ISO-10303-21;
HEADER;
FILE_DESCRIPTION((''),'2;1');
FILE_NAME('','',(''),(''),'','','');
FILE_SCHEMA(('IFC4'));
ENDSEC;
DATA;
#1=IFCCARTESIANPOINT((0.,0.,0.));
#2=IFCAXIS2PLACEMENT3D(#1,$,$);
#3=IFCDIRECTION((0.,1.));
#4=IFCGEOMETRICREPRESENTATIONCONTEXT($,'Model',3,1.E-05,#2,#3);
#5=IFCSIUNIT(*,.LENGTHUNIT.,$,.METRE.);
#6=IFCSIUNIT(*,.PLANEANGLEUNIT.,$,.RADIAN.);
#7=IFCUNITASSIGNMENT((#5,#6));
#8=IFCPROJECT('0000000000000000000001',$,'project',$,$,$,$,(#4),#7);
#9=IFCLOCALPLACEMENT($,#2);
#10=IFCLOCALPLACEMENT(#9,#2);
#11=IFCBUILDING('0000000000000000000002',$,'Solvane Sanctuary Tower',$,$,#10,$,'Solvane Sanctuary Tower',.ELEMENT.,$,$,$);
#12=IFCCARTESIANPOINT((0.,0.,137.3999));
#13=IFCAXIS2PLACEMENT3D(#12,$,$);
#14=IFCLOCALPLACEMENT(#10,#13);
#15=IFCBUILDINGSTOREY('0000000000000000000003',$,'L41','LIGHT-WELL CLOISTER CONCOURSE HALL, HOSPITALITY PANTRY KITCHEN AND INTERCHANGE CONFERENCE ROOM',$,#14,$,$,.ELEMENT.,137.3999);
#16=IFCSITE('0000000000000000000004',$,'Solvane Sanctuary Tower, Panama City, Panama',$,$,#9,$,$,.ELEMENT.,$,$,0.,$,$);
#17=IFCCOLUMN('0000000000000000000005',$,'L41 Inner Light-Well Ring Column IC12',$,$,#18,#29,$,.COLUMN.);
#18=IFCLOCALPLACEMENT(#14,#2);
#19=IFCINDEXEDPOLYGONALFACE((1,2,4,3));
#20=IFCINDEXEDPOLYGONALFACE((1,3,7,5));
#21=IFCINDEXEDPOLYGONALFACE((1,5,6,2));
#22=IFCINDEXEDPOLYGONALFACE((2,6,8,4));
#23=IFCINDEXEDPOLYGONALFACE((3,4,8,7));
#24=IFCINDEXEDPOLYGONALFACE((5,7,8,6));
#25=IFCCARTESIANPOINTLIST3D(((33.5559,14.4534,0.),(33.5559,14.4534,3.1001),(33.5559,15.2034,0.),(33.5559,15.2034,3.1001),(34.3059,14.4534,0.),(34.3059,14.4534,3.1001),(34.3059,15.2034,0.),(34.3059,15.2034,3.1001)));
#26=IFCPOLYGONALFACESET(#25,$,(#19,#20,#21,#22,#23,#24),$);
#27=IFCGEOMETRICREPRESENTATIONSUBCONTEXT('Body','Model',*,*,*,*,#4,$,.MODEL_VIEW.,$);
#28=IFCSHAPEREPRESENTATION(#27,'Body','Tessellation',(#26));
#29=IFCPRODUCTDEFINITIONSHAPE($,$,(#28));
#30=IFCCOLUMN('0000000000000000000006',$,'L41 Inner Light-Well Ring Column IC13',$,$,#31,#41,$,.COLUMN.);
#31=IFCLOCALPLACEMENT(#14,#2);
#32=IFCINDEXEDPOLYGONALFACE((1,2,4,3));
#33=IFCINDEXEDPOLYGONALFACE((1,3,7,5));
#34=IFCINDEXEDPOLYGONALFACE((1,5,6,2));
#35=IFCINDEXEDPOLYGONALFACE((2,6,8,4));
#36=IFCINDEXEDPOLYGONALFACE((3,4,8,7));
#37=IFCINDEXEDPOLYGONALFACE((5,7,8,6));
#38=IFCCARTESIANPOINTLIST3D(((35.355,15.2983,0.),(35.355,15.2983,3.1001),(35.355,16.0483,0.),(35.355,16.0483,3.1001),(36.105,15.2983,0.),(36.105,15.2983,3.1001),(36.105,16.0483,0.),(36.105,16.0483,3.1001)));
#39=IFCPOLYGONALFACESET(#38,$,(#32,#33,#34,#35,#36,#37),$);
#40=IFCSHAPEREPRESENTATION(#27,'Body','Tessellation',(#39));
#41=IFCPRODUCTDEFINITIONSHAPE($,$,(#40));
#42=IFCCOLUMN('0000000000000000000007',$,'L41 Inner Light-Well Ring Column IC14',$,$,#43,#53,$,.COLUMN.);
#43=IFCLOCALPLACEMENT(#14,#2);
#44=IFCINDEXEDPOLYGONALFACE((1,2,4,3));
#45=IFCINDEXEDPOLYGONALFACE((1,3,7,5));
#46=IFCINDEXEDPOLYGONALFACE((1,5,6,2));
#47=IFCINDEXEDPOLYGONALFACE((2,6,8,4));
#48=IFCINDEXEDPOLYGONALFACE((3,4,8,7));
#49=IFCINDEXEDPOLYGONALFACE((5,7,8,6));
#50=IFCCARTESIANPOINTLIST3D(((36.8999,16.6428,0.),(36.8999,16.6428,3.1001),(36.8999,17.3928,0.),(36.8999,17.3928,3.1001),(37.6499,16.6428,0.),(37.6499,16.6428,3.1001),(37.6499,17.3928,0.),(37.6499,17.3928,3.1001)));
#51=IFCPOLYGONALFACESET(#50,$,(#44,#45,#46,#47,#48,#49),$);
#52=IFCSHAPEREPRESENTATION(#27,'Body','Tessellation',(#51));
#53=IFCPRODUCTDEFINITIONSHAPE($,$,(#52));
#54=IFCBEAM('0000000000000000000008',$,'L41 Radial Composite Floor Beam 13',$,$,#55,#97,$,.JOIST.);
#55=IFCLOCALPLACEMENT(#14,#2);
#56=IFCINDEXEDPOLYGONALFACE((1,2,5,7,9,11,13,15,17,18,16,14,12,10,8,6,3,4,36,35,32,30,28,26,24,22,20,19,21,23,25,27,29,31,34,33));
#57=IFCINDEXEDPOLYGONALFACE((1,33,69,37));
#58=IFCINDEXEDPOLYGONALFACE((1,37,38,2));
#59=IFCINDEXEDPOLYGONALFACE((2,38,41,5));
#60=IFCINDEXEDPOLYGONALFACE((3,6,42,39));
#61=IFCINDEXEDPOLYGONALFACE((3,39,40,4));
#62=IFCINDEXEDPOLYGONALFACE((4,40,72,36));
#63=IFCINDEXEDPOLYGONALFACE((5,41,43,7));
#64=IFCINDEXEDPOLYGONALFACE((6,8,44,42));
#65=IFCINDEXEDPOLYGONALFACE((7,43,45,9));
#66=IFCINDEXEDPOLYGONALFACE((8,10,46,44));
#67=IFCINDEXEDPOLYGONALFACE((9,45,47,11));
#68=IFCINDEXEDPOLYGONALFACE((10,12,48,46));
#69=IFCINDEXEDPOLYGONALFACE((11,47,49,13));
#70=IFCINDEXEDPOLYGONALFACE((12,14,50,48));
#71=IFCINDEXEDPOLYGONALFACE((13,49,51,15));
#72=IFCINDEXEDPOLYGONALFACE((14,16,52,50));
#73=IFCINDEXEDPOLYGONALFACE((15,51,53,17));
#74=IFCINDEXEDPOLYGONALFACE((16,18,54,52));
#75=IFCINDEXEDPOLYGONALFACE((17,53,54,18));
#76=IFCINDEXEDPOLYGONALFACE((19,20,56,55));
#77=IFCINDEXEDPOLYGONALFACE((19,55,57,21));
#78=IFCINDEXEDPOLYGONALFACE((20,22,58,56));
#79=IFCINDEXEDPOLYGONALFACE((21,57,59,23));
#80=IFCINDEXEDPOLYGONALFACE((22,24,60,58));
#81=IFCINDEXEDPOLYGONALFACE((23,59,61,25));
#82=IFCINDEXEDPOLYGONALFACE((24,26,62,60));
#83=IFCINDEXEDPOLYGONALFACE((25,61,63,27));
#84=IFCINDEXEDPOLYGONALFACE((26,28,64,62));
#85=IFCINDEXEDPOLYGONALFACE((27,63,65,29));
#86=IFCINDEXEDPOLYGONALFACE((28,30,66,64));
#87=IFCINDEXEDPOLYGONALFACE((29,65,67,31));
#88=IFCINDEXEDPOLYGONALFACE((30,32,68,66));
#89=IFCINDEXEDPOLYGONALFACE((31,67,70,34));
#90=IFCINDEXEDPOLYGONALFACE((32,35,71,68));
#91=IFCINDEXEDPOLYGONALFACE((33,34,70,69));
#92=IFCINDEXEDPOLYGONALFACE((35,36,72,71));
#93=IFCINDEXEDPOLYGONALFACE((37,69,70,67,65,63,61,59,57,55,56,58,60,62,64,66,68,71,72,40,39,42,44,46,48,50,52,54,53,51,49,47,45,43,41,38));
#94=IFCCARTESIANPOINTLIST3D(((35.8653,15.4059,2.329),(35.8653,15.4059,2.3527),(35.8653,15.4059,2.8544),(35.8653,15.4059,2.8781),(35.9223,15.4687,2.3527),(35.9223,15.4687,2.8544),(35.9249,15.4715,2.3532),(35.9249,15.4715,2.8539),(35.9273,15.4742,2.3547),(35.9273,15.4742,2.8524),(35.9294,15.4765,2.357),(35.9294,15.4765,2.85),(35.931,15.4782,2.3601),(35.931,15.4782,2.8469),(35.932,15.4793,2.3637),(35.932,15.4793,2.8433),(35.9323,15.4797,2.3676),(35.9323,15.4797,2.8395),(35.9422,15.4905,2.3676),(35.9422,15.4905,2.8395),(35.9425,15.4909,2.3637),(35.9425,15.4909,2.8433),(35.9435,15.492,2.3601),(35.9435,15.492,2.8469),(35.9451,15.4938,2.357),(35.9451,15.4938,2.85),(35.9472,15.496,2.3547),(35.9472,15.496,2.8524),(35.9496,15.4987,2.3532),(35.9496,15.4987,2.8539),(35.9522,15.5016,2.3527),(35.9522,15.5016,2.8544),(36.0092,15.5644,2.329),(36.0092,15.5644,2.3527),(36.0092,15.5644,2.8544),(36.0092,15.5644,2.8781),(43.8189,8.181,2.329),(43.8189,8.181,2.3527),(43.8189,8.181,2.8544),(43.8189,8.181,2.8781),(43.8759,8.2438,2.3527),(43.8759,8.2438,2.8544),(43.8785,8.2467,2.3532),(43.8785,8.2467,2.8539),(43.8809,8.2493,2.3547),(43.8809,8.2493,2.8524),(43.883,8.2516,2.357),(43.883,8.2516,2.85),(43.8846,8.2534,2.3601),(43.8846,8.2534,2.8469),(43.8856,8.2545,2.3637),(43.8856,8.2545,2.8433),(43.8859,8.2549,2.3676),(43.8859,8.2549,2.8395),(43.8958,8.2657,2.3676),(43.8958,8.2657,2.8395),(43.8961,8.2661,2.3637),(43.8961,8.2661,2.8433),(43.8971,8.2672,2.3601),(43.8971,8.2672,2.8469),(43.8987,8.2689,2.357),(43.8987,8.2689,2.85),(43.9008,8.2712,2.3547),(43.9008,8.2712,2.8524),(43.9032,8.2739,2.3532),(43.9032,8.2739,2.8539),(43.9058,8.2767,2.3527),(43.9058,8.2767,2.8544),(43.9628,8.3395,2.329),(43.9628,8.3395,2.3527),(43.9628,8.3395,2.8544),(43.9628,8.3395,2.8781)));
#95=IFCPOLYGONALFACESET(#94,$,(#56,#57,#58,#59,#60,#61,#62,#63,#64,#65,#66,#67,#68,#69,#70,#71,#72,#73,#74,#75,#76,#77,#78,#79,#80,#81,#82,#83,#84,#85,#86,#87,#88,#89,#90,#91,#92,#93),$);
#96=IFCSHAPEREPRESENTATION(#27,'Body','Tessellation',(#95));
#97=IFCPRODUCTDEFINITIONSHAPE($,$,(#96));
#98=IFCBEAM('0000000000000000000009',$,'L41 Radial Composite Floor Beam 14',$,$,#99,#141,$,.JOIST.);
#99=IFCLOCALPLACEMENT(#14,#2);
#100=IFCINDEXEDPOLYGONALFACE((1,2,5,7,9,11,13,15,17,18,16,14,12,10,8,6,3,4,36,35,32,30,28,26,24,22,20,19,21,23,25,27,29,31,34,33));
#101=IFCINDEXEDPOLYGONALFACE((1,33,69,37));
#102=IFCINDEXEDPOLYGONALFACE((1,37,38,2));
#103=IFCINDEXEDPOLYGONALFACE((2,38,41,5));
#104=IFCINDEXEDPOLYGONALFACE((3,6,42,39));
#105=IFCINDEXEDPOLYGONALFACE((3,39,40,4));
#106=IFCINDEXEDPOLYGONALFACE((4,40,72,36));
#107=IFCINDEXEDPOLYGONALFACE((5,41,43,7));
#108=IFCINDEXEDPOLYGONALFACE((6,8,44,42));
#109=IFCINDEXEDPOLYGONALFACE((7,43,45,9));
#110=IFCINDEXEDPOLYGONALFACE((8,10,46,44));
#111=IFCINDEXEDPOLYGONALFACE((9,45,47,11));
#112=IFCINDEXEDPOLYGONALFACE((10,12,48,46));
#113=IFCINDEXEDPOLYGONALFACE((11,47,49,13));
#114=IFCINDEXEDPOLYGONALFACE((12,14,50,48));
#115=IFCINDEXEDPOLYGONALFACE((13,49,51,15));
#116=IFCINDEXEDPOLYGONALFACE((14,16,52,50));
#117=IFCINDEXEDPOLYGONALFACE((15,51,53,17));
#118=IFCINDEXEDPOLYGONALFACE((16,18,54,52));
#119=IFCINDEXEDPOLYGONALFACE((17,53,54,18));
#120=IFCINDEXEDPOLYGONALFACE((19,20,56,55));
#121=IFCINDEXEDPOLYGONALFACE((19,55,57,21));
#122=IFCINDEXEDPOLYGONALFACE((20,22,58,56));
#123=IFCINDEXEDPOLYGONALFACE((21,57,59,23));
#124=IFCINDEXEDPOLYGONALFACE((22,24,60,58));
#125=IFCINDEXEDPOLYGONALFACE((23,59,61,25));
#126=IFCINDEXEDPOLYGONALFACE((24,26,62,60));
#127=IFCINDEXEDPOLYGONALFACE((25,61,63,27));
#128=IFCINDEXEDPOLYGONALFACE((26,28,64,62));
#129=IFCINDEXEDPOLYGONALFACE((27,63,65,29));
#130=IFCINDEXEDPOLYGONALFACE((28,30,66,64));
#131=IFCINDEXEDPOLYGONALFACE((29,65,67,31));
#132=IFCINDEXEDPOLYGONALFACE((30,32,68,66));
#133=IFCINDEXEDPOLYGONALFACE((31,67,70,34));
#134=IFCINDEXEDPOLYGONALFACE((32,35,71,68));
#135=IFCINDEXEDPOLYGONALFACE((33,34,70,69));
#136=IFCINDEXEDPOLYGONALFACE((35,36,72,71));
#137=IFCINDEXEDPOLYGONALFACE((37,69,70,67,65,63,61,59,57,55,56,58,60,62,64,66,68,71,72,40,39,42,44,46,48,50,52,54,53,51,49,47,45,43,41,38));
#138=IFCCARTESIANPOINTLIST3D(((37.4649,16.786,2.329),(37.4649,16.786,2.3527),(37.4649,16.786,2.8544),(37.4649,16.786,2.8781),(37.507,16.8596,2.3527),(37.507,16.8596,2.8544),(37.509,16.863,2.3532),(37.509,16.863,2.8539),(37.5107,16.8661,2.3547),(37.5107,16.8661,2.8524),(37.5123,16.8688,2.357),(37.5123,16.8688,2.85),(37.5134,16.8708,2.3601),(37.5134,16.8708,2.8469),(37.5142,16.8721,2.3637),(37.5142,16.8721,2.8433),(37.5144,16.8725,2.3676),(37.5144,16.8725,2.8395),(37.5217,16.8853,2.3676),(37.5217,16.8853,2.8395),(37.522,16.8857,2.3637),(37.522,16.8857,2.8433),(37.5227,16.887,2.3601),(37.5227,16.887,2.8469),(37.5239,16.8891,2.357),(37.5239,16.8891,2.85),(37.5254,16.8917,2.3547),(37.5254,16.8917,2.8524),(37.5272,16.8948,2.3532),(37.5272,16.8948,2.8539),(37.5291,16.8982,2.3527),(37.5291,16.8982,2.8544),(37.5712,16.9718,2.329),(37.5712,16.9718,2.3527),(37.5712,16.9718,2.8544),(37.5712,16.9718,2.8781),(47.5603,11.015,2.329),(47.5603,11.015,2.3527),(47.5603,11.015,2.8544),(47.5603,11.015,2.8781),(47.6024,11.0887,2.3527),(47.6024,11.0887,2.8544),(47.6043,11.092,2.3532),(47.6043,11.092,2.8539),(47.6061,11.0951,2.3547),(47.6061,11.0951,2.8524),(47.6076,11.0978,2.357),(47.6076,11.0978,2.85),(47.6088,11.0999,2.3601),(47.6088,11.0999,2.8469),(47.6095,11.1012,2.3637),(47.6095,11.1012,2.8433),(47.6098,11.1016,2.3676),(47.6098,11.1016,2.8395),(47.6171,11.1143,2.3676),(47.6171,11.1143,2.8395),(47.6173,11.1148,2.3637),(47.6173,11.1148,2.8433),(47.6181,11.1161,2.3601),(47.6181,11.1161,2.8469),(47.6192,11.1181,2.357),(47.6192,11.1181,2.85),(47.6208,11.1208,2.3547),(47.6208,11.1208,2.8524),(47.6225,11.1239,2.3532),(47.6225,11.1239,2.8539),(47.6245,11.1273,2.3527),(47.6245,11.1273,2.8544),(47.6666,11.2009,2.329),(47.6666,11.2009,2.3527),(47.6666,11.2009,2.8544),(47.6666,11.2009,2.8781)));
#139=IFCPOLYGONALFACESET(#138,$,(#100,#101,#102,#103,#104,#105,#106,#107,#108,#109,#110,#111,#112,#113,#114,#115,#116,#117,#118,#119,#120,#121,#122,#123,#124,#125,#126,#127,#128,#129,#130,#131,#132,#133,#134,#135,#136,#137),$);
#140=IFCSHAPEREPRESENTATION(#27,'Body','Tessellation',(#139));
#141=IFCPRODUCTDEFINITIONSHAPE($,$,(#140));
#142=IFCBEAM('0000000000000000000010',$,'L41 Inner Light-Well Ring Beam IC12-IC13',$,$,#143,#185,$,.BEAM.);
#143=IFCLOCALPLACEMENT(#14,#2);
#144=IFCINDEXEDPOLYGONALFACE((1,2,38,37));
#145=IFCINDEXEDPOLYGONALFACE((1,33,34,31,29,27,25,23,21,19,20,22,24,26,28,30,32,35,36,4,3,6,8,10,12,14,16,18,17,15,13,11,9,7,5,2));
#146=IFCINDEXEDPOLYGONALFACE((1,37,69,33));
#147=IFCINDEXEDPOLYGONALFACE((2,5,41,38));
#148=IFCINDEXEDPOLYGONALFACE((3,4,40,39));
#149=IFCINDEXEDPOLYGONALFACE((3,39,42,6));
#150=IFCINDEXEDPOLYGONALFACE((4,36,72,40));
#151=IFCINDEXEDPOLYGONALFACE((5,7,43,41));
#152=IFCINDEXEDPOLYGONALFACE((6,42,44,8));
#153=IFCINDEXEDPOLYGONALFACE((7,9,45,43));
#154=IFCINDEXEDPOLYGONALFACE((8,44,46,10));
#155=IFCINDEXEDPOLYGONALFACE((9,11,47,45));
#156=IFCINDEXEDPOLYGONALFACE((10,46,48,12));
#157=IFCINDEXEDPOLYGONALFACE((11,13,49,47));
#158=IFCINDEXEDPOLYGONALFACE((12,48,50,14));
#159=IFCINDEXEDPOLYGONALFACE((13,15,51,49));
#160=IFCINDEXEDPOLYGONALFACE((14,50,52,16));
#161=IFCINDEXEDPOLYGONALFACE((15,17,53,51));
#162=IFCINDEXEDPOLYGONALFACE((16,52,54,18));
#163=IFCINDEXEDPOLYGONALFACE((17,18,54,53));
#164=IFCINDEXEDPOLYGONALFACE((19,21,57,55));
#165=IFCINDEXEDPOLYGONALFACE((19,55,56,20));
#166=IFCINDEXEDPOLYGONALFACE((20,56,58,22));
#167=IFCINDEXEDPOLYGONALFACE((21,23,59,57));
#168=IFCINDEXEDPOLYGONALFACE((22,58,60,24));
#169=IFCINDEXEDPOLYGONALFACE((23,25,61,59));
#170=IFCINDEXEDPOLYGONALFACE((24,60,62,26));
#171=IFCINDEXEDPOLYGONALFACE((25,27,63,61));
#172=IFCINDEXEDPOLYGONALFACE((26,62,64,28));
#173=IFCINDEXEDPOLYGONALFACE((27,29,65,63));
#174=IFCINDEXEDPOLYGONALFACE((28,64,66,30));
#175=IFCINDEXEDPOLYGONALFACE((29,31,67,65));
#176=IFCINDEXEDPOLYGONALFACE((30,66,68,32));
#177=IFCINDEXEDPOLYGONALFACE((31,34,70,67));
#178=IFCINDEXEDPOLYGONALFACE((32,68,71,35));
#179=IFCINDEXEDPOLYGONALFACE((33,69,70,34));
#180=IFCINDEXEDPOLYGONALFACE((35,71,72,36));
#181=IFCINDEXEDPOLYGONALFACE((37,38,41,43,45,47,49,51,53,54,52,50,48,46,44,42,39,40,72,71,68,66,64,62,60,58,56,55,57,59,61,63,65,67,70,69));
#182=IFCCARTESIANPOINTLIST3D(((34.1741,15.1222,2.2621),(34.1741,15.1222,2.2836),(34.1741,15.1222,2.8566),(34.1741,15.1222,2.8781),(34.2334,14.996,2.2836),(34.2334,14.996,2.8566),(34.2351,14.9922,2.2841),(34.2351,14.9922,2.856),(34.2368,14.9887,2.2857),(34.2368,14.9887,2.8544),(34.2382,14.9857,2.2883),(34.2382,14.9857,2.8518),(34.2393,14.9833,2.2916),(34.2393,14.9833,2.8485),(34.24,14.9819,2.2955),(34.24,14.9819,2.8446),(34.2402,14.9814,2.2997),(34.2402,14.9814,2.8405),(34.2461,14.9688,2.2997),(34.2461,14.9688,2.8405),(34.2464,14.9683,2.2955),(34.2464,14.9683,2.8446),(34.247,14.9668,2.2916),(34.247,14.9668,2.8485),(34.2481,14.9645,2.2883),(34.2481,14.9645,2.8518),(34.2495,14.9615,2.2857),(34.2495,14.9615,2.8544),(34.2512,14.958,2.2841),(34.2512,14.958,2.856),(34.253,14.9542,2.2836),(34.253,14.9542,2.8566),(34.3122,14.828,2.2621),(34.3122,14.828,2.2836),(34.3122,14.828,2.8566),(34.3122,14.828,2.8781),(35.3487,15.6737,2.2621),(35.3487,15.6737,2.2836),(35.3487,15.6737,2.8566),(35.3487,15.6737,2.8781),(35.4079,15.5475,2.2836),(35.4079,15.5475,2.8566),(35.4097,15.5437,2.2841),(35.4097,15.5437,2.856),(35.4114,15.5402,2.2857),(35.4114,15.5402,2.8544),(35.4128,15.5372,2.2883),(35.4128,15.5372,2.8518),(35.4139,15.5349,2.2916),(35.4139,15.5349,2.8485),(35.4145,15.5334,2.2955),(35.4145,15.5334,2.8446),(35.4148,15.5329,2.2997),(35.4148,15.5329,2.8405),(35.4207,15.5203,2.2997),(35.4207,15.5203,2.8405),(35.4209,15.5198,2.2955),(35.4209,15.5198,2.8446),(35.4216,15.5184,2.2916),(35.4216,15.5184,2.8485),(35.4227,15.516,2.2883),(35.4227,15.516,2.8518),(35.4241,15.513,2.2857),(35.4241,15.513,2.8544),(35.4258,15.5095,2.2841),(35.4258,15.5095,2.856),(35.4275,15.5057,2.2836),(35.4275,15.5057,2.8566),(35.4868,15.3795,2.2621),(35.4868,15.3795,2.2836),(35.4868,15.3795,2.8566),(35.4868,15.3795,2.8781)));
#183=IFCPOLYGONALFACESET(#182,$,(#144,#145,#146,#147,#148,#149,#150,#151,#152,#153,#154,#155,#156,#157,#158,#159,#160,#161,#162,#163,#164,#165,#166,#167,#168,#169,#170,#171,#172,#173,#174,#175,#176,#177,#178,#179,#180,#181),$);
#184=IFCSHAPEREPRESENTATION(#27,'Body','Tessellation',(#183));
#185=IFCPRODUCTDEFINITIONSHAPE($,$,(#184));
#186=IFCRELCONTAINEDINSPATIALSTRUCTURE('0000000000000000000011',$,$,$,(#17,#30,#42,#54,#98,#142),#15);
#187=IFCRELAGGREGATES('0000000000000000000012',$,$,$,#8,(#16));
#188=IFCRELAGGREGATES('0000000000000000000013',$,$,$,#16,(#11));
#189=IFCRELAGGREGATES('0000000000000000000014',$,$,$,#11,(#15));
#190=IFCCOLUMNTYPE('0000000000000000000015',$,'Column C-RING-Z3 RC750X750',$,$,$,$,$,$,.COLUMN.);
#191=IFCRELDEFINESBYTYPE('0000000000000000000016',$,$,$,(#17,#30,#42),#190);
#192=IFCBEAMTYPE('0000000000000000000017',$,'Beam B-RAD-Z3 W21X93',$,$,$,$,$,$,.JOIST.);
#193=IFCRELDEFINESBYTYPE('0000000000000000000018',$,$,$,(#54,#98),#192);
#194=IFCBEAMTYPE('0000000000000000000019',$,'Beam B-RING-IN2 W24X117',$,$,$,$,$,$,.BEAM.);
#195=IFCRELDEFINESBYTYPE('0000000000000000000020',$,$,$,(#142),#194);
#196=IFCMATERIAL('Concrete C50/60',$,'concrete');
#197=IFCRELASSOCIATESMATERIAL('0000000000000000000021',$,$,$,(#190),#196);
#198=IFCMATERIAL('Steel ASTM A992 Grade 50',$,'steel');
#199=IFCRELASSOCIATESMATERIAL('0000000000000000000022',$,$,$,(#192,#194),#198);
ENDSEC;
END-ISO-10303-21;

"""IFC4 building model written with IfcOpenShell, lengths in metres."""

from ifc_helpers import new_model, si_unit, direction, frame, origin, origin_2d, place, context, subcontext, project, spatial, rectangle, i_section, extrude, material, material_profile, profile_set, type_object, element, save


model = new_model("IFC4")

# Units and contexts
model_context = context("Model", 3, precision=1e-05, world=origin(), true_north=direction((0.0, 1.0)))
body_context = subcontext(model_context, "Body", "Model", "MODEL_VIEW")
ifc_project = project(units=[si_unit("LENGTHUNIT", "METRE"), si_unit("PLANEANGLEUNIT", "RADIAN")], contexts=[model_context])

# Site, building, storey
site_placement = place(None, origin())
site = spatial("IfcSite", under=ifc_project, at=site_placement, Name="Solvane Sanctuary Tower, Panama City, Panama", CompositionType="ELEMENT", RefElevation=0.0)
building_placement = place(site_placement, origin())
building = spatial("IfcBuilding", under=site, at=building_placement, Name="Solvane Sanctuary Tower", LongName="Solvane Sanctuary Tower", CompositionType="ELEMENT")
storey_placement = place(building_placement, frame((0.0, 0.0, 137.3999)))
storey = spatial("IfcBuildingStorey", under=building, at=storey_placement, Name="L41", Description="LIGHT-WELL CLOISTER CONCOURSE HALL, HOSPITALITY PANTRY KITCHEN AND INTERCHANGE CONFERENCE ROOM", CompositionType="ELEMENT", Elevation=137.3999)

# Columns
ifc_material_1 = material(Name="Concrete C50/60", Category="concrete")
ifc_material_profile_1 = material_profile(ifc_material_1, rectangle(XDim=0.75, YDim=0.75, at=origin_2d()), Name="RC750X750")
ifc_profile_set_1 = profile_set([ifc_material_profile_1], Name="Concrete C50/60")
column_type = type_object("IfcColumnType", Name="Column C-RING-Z3 RC750X750", PredefinedType="COLUMN", material=ifc_profile_set_1)
for number, where, z_axis, x_axis, name in (
    (1, (33.9309, 14.8284, 0.0), (0.0, 0.0, 1.0), (1.0, 0.0, 0.0), "L41 Inner Light-Well Ring Column IC12"),
    (2, (35.73, 15.6733, 0.0), (0.0, 0.0, 1.0), (1.0, 0.0, 0.0), "L41 Inner Light-Well Ring Column IC13"),
    (3, (37.2749, 17.0178, 0.0), (0.0, 0.0, 1.0), (1.0, 0.0, 0.0), "L41 Inner Light-Well Ring Column IC14"),
):
    element("IfcColumn", number, at=place(storey_placement, frame(where, z_axis=z_axis, x_axis=x_axis)), inside=storey, type_object=column_type, Name=name, PredefinedType="COLUMN", context=body_context, shape_type="SweptSolid", body=[
        extrude(rectangle(XDim=0.75, YDim=0.75, at=origin_2d()), origin(), (0.0, 0.0, 1.0), 3.1001),
    ])

# Beams
ifc_material_2 = material(Name="Steel ASTM A992 Grade 50", Category="steel")
ifc_material_profile_2 = material_profile(ifc_material_2, i_section(OverallWidth=0.2141, OverallDepth=0.5491, WebThickness=0.0146, FlangeThickness=0.0237, FilletRadius=0.0149, at=origin_2d()), Name="W21X93")
ifc_profile_set_2 = profile_set([ifc_material_profile_2], Name="Steel ASTM A992 Grade 50")
beam_type_1 = type_object("IfcBeamType", Name="Beam B-RAD-Z3 W21X93", PredefinedType="JOIST", material=ifc_profile_set_2)
beam_1_placement = place(storey_placement, frame((35.9373, 15.4851, 2.6035), z_axis=(0.740204, -0.672382, 0.0), x_axis=(0.672382, 0.740204, 0.0)))
element("IfcBeam", 4, at=beam_1_placement, inside=storey, type_object=beam_type_1, Name="L41 Radial Composite Floor Beam 13", PredefinedType="JOIST", context=body_context, shape_type="SweptSolid", body=[
    extrude(i_section(OverallWidth=0.2141, OverallDepth=0.5491, WebThickness=0.0146, FlangeThickness=0.0237, FilletRadius=0.0149, at=origin_2d()), origin(), (0.0, 0.0, 1.0), 10.7451),
])
beam_2_placement = place(storey_placement, frame((37.5181, 16.8789, 2.6035), z_axis=(0.868163, -0.496279, 0.0), x_axis=(0.496279, 0.868163, 0.0)))
element("IfcBeam", 5, at=beam_2_placement, inside=storey, type_object=beam_type_1, Name="L41 Radial Composite Floor Beam 14", PredefinedType="JOIST", context=body_context, shape_type="SweptSolid", body=[
    extrude(i_section(OverallWidth=0.2141, OverallDepth=0.5491, WebThickness=0.0146, FlangeThickness=0.0237, FilletRadius=0.0149, at=origin_2d()), origin(), (0.0, 0.0, 1.0), 11.6284),
])
ifc_material_profile_3 = material_profile(ifc_material_2, i_section(OverallWidth=0.325, OverallDepth=0.616, WebThickness=0.0139, FlangeThickness=0.0215, FilletRadius=0.0161, at=origin_2d()), Name="W24X117")
ifc_profile_set_3 = profile_set([ifc_material_profile_3], Name="Steel ASTM A992 Grade 50")
beam_type_2 = type_object("IfcBeamType", Name="Beam B-RING-IN2 W24X117", PredefinedType="BEAM", material=ifc_profile_set_3)
beam_3_placement = place(storey_placement, frame((34.2432, 14.9751, 2.5701), z_axis=(0.905181, 0.425027, 0.0), x_axis=(-0.425027, 0.905181, 0.0)))
element("IfcBeam", 6, at=beam_3_placement, inside=storey, type_object=beam_type_2, Name="L41 Inner Light-Well Ring Beam IC12-IC13", PredefinedType="BEAM", context=body_context, shape_type="SweptSolid", body=[
    extrude(i_section(OverallWidth=0.325, OverallDepth=0.616, WebThickness=0.0139, FlangeThickness=0.0215, FilletRadius=0.0161, at=origin_2d()), origin(), (0.0, 0.0, 1.0), 1.2976),
])

save(model, "model.ifc")
